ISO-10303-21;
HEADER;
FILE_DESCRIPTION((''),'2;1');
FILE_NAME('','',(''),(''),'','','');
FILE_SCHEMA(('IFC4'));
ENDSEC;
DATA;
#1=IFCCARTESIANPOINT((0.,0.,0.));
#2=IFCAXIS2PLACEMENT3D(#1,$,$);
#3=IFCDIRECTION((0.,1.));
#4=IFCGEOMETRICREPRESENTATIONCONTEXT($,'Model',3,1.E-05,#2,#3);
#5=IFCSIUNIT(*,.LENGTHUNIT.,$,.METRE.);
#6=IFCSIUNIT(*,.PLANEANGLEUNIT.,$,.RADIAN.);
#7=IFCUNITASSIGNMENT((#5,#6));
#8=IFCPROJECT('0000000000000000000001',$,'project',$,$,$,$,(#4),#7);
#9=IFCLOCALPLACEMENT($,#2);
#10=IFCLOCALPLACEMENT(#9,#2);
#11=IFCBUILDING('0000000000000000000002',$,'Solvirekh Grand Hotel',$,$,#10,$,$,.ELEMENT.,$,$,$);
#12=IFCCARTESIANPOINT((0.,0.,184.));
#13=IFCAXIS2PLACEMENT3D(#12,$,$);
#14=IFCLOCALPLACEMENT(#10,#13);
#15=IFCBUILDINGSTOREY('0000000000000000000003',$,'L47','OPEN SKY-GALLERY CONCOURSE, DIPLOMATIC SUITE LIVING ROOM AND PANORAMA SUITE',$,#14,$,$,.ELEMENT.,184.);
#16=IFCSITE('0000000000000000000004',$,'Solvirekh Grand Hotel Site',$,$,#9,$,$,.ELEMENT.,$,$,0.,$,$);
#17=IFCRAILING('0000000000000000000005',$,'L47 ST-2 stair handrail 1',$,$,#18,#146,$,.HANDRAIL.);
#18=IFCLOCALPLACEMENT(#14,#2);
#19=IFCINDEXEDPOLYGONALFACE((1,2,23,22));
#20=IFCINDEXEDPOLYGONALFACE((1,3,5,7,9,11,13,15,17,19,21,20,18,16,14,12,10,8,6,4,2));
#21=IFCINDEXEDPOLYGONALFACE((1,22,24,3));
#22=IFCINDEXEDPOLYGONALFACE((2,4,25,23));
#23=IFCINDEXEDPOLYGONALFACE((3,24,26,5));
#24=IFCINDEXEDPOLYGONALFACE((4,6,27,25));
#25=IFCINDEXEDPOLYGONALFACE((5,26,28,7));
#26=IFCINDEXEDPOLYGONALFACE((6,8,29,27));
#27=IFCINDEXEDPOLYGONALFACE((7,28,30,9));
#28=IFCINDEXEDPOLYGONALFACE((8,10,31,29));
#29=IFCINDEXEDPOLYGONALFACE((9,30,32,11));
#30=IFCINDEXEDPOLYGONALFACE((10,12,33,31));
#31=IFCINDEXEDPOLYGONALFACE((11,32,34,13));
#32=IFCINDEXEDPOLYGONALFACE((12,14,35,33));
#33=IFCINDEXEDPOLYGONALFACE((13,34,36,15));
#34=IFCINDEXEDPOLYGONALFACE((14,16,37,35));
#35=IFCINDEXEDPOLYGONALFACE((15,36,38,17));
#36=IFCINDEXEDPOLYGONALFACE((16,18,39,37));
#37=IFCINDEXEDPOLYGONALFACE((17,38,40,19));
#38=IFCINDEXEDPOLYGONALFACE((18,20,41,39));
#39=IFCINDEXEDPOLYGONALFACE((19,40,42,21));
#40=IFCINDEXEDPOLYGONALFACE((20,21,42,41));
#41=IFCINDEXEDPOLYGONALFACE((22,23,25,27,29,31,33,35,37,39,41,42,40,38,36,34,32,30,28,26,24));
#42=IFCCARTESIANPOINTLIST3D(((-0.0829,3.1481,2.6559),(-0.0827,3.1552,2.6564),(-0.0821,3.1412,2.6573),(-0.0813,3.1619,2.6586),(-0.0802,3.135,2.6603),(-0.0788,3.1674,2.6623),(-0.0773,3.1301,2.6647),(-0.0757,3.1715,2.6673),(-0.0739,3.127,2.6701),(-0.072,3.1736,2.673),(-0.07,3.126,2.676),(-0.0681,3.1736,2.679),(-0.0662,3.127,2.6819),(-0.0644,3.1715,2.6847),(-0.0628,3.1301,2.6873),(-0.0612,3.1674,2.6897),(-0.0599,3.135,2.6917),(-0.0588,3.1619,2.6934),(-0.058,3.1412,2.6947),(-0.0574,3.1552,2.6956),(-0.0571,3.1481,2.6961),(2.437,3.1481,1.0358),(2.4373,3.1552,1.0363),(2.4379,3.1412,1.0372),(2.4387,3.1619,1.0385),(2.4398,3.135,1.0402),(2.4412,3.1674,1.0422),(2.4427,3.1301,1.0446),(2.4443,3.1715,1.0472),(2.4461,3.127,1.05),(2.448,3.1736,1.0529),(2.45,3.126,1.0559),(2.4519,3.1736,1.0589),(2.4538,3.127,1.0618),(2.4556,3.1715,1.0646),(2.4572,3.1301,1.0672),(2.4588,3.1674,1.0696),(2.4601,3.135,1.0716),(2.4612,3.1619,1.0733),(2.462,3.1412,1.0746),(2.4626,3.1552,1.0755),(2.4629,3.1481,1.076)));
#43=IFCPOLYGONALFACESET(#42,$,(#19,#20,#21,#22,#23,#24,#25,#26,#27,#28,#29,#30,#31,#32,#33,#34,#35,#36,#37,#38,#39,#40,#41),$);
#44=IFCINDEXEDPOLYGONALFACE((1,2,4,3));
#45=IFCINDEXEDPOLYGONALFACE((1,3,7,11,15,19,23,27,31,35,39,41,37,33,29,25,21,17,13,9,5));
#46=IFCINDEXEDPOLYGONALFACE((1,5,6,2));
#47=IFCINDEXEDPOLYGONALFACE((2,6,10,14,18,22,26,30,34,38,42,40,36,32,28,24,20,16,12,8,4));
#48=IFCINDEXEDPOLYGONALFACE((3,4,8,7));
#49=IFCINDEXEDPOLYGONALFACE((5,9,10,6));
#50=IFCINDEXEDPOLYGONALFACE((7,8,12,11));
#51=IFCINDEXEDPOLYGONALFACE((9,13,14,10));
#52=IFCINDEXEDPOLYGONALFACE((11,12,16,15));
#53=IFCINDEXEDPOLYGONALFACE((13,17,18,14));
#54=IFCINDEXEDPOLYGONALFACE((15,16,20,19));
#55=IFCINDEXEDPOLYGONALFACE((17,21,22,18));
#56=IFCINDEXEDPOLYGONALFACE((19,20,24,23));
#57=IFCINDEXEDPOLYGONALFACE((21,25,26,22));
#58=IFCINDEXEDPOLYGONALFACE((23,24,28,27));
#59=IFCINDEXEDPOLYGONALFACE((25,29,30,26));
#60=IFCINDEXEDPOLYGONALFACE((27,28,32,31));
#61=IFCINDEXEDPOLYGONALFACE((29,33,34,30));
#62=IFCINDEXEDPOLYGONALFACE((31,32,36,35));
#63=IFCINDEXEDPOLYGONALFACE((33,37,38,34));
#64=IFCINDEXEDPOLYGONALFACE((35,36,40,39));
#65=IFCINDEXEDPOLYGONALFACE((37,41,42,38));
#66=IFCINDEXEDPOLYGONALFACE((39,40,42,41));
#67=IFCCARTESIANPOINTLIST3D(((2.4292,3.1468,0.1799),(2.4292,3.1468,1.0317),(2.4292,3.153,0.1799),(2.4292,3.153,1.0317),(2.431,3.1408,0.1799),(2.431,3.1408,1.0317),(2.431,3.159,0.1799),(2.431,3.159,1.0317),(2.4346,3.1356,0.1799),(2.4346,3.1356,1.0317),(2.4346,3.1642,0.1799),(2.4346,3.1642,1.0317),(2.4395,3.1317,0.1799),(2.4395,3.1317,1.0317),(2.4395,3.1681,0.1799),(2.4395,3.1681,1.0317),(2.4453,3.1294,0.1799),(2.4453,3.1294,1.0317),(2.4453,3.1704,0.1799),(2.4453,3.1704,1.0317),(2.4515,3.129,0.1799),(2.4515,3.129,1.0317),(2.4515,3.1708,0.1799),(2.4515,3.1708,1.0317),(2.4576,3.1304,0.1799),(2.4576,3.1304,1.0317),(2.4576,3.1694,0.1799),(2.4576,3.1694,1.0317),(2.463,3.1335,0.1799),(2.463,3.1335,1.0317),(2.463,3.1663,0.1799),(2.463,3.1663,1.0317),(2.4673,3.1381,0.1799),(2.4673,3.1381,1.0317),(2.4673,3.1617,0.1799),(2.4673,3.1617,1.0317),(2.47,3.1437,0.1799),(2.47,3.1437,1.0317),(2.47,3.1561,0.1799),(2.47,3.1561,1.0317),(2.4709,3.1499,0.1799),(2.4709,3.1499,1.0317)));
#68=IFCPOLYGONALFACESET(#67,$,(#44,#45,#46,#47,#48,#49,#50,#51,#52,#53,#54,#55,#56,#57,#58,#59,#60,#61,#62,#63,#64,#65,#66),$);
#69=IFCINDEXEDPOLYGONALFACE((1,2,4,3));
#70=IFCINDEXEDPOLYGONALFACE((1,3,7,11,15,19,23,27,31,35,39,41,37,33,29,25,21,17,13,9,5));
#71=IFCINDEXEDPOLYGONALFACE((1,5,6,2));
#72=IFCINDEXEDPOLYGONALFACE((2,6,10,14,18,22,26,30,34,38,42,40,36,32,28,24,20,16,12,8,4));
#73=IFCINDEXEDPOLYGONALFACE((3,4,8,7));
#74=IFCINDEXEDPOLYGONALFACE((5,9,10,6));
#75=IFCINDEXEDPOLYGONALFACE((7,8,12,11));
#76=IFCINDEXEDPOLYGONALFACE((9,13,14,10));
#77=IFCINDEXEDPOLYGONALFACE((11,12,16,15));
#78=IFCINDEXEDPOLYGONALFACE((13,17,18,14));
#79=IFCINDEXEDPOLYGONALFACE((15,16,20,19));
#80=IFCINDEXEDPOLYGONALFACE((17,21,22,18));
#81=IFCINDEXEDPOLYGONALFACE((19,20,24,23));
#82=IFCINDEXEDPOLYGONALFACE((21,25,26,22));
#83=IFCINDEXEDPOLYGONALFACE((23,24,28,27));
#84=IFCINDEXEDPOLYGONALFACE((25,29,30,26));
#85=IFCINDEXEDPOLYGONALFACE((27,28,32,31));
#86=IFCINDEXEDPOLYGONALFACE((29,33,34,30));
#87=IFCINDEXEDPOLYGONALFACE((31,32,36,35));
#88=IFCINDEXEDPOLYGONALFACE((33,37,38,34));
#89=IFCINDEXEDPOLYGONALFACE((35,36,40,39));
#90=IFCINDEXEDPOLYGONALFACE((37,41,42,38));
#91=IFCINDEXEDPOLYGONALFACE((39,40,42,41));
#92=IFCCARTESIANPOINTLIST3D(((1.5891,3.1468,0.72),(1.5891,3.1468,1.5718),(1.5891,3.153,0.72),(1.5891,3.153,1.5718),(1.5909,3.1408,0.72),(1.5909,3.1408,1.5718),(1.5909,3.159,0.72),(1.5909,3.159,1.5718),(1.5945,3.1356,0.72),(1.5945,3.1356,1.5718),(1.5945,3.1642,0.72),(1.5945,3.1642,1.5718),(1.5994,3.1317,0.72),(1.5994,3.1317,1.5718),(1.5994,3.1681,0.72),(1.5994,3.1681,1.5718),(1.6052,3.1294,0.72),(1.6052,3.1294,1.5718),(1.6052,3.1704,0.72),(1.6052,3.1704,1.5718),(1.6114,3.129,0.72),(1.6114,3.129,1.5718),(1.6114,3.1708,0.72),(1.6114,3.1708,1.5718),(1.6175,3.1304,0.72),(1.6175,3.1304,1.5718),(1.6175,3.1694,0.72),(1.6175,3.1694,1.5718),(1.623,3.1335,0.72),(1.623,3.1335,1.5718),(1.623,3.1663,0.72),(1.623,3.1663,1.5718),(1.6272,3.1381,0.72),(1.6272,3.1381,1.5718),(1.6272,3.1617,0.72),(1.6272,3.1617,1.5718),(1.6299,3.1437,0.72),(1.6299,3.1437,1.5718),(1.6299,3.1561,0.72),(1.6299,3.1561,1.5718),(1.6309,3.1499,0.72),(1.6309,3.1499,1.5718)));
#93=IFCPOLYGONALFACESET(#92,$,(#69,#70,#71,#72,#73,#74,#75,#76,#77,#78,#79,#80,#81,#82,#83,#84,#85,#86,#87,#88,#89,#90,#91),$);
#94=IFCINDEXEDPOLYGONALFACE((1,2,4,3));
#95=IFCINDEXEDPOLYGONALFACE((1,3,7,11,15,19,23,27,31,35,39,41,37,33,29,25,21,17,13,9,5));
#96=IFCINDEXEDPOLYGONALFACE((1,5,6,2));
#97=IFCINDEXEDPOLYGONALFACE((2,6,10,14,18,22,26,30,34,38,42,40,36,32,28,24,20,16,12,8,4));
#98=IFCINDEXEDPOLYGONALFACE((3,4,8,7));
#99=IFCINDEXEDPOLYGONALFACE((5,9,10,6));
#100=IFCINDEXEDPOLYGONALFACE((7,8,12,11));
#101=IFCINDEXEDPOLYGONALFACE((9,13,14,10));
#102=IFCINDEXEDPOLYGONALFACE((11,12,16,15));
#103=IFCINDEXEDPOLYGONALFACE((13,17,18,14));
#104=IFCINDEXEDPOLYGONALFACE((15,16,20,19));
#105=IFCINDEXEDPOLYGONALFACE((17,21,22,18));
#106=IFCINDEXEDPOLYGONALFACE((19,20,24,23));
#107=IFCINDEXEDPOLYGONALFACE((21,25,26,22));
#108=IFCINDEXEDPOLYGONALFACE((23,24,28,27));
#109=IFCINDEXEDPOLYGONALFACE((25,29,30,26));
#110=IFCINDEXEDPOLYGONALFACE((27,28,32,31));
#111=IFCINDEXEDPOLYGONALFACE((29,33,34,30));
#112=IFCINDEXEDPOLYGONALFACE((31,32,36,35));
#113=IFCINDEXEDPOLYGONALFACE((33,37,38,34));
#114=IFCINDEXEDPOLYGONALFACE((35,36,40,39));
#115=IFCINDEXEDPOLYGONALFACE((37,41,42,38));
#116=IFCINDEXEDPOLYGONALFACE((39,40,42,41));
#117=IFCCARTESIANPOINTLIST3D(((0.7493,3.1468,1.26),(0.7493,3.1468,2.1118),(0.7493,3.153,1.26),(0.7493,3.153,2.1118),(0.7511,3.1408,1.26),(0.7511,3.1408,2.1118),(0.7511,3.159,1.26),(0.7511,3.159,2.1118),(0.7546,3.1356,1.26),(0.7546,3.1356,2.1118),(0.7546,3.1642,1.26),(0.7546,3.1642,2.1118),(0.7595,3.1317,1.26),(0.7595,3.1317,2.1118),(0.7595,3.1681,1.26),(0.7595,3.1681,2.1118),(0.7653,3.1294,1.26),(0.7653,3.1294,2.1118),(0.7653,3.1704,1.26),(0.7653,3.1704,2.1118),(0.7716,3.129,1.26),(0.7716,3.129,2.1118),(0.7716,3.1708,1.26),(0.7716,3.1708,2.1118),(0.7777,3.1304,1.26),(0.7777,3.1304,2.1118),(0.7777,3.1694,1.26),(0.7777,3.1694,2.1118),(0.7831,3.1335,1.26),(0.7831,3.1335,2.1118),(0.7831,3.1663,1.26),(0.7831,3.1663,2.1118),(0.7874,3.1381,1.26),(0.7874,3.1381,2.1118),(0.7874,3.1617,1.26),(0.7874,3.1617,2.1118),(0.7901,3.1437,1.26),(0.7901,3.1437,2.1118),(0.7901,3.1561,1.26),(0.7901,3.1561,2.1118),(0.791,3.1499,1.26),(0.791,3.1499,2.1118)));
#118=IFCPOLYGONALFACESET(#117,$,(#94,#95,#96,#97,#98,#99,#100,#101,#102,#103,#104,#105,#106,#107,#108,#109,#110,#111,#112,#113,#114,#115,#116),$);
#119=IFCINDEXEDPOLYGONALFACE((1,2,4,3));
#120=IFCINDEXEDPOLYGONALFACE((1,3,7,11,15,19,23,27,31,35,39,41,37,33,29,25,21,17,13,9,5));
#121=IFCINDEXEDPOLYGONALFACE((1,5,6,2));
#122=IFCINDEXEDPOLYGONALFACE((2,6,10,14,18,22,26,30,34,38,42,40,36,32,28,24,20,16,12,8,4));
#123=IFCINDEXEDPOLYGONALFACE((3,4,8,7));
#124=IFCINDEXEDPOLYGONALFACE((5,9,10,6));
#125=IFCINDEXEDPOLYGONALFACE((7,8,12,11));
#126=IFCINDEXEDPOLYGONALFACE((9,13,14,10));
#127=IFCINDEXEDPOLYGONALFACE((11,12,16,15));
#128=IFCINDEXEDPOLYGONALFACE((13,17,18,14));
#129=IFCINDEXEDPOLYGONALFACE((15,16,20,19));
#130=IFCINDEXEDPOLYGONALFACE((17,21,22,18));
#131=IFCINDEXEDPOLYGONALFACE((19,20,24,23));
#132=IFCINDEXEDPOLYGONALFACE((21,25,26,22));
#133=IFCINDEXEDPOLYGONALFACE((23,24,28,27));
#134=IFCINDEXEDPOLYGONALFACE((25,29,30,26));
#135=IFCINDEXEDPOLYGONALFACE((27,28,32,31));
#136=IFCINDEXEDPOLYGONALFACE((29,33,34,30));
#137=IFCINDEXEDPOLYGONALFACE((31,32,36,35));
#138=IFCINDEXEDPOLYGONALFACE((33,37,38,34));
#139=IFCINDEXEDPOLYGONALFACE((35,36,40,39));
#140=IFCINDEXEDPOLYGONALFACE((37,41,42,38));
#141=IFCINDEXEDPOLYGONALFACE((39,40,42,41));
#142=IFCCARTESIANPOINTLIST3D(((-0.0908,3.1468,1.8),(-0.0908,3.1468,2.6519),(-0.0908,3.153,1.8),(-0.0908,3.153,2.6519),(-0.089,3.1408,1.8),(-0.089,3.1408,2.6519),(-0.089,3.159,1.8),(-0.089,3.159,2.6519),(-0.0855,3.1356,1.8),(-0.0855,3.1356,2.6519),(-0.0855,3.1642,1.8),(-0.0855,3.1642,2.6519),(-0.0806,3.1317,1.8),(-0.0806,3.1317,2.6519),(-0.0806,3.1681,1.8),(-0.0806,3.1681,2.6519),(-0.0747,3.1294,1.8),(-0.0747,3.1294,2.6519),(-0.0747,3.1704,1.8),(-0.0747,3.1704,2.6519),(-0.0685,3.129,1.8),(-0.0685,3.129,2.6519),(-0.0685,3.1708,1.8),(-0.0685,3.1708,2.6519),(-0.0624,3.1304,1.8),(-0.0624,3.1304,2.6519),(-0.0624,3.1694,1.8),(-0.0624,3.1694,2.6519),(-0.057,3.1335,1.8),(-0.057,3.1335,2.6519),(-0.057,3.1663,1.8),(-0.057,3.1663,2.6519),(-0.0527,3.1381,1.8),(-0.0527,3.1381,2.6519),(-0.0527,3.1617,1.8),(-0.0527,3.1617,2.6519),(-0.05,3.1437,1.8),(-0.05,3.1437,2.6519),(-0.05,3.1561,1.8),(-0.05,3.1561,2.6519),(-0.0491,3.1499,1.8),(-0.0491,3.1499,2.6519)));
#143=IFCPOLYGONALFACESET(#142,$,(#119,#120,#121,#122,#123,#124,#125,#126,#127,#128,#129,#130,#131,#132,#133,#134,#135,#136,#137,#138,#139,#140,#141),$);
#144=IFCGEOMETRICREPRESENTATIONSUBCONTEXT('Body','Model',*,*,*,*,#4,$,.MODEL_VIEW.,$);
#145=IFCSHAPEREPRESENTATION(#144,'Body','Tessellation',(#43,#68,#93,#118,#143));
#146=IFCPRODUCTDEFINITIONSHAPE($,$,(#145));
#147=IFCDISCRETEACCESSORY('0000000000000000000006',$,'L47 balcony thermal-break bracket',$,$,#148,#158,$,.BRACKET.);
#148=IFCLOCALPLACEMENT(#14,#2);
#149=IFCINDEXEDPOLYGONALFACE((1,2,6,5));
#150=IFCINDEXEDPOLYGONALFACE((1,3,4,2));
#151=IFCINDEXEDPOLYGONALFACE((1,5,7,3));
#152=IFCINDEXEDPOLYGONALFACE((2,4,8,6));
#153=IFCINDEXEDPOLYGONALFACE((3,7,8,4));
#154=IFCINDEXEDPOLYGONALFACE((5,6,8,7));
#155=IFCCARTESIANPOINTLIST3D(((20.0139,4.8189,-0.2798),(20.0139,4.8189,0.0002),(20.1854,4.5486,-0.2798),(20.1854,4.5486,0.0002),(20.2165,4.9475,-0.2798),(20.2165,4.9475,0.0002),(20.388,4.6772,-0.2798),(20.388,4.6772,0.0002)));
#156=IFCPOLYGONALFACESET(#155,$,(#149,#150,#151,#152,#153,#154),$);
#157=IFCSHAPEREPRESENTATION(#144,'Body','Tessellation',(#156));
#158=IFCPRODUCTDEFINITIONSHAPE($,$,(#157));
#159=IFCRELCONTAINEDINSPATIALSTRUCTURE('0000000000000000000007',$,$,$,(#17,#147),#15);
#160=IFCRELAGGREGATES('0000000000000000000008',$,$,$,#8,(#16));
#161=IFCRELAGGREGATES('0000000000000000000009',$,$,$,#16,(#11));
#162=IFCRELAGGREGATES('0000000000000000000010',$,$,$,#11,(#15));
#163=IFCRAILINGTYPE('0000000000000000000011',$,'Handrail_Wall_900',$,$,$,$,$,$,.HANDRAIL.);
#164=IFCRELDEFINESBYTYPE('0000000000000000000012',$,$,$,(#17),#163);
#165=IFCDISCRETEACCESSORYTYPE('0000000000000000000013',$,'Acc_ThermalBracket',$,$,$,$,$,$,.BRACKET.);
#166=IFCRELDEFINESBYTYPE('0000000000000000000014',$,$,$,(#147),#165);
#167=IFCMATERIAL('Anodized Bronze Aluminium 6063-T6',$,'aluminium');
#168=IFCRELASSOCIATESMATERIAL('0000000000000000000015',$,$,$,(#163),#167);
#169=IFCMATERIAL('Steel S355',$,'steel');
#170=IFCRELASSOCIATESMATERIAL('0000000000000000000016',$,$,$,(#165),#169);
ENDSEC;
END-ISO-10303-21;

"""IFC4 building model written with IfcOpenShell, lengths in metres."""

from ifc_helpers import new_model, si_unit, direction, frame, origin, origin_2d, place, context, subcontext, project, spatial, rectangle, circle, extrude, material, type_object, element, save


model = new_model("IFC4")

# Units and contexts
model_context = context("Model", 3, precision=1e-05, world=origin(), true_north=direction((0.0, 1.0)))
body_context = subcontext(model_context, "Body", "Model", "MODEL_VIEW")
ifc_project = project(units=[si_unit("LENGTHUNIT", "METRE"), si_unit("PLANEANGLEUNIT", "RADIAN")], contexts=[model_context])

# Site, building, storey
site_placement = place(None, origin())
site = spatial("IfcSite", under=ifc_project, at=site_placement, Name="Solvirekh Grand Hotel Site", CompositionType="ELEMENT", RefElevation=0.0)
building_placement = place(site_placement, origin())
building = spatial("IfcBuilding", under=site, at=building_placement, Name="Solvirekh Grand Hotel", CompositionType="ELEMENT")
storey_placement = place(building_placement, frame((0.0, 0.0, 184.0)))
storey = spatial("IfcBuildingStorey", under=building, at=storey_placement, Name="L47", Description="OPEN SKY-GALLERY CONCOURSE, DIPLOMATIC SUITE LIVING ROOM AND PANORAMA SUITE", CompositionType="ELEMENT", Elevation=184.0)

# Shared definitions
ifc_material_1 = material(Name="Anodized Bronze Aluminium 6063-T6", Category="aluminium")

# Railing
ifc_material_2 = material(Name="Steel S355", Category="steel")
railing_type_1 = type_object("IfcRailingType", Name="Handrail_Wall_900", PredefinedType="HANDRAIL", material=ifc_material_1)
railing_1_placement = place(storey_placement, frame((2.45, 3.1499, 0.1799)))
element("IfcRailing", 1, at=railing_1_placement, inside=storey, type_object=railing_type_1, Name="L47 ST-2 stair handrail 1", PredefinedType="HANDRAIL", context=body_context, shape_type="SweptSolid", body=[
    extrude(circle(Radius=0.0239, at=origin_2d()), frame((0.0, 0.0, 0.876), z_axis=(-0.841163, 0.0, 0.540782), x_axis=(0.0, -1.0, 0.0)), (0.0, 0.0, 1.0), 2.9958),
    extrude(circle(Radius=0.021, at=origin_2d()), origin(), (0.0, 0.0, 1.0), 0.8518),
    extrude(circle(Radius=0.021, at=origin_2d()), frame((-0.8401, 0.0, 0.54)), (0.0, 0.0, 1.0), 0.8518),
    extrude(circle(Radius=0.021, at=origin_2d()), frame((-1.6799, 0.0, 1.0801)), (0.0, 0.0, 1.0), 0.8518),
    extrude(circle(Radius=0.021, at=origin_2d()), frame((-2.52, 0.0, 1.6201)), (0.0, 0.0, 1.0), 0.8518),
])

# Discrete accessory
discrete_accessory_type = type_object("IfcDiscreteAccessoryType", Name="Acc_ThermalBracket", PredefinedType="BRACKET", material=ifc_material_2)
discrete_accessory_placement = place(storey_placement, frame((20.2009, 4.748, -0.2798), z_axis=(0.0, 0.0, 1.0), x_axis=(0.535827, -0.844328, 0.0)))
element("IfcDiscreteAccessory", 2, at=discrete_accessory_placement, inside=storey, type_object=discrete_accessory_type, Name="L47 balcony thermal-break bracket", PredefinedType="BRACKET", context=body_context, shape_type="SweptSolid", body=[
    extrude(rectangle(XDim=0.3201, YDim=0.24, at=origin_2d()), origin(), (0.0, 0.0, 1.0), 0.28),
])

save(model, "model.ifc")
